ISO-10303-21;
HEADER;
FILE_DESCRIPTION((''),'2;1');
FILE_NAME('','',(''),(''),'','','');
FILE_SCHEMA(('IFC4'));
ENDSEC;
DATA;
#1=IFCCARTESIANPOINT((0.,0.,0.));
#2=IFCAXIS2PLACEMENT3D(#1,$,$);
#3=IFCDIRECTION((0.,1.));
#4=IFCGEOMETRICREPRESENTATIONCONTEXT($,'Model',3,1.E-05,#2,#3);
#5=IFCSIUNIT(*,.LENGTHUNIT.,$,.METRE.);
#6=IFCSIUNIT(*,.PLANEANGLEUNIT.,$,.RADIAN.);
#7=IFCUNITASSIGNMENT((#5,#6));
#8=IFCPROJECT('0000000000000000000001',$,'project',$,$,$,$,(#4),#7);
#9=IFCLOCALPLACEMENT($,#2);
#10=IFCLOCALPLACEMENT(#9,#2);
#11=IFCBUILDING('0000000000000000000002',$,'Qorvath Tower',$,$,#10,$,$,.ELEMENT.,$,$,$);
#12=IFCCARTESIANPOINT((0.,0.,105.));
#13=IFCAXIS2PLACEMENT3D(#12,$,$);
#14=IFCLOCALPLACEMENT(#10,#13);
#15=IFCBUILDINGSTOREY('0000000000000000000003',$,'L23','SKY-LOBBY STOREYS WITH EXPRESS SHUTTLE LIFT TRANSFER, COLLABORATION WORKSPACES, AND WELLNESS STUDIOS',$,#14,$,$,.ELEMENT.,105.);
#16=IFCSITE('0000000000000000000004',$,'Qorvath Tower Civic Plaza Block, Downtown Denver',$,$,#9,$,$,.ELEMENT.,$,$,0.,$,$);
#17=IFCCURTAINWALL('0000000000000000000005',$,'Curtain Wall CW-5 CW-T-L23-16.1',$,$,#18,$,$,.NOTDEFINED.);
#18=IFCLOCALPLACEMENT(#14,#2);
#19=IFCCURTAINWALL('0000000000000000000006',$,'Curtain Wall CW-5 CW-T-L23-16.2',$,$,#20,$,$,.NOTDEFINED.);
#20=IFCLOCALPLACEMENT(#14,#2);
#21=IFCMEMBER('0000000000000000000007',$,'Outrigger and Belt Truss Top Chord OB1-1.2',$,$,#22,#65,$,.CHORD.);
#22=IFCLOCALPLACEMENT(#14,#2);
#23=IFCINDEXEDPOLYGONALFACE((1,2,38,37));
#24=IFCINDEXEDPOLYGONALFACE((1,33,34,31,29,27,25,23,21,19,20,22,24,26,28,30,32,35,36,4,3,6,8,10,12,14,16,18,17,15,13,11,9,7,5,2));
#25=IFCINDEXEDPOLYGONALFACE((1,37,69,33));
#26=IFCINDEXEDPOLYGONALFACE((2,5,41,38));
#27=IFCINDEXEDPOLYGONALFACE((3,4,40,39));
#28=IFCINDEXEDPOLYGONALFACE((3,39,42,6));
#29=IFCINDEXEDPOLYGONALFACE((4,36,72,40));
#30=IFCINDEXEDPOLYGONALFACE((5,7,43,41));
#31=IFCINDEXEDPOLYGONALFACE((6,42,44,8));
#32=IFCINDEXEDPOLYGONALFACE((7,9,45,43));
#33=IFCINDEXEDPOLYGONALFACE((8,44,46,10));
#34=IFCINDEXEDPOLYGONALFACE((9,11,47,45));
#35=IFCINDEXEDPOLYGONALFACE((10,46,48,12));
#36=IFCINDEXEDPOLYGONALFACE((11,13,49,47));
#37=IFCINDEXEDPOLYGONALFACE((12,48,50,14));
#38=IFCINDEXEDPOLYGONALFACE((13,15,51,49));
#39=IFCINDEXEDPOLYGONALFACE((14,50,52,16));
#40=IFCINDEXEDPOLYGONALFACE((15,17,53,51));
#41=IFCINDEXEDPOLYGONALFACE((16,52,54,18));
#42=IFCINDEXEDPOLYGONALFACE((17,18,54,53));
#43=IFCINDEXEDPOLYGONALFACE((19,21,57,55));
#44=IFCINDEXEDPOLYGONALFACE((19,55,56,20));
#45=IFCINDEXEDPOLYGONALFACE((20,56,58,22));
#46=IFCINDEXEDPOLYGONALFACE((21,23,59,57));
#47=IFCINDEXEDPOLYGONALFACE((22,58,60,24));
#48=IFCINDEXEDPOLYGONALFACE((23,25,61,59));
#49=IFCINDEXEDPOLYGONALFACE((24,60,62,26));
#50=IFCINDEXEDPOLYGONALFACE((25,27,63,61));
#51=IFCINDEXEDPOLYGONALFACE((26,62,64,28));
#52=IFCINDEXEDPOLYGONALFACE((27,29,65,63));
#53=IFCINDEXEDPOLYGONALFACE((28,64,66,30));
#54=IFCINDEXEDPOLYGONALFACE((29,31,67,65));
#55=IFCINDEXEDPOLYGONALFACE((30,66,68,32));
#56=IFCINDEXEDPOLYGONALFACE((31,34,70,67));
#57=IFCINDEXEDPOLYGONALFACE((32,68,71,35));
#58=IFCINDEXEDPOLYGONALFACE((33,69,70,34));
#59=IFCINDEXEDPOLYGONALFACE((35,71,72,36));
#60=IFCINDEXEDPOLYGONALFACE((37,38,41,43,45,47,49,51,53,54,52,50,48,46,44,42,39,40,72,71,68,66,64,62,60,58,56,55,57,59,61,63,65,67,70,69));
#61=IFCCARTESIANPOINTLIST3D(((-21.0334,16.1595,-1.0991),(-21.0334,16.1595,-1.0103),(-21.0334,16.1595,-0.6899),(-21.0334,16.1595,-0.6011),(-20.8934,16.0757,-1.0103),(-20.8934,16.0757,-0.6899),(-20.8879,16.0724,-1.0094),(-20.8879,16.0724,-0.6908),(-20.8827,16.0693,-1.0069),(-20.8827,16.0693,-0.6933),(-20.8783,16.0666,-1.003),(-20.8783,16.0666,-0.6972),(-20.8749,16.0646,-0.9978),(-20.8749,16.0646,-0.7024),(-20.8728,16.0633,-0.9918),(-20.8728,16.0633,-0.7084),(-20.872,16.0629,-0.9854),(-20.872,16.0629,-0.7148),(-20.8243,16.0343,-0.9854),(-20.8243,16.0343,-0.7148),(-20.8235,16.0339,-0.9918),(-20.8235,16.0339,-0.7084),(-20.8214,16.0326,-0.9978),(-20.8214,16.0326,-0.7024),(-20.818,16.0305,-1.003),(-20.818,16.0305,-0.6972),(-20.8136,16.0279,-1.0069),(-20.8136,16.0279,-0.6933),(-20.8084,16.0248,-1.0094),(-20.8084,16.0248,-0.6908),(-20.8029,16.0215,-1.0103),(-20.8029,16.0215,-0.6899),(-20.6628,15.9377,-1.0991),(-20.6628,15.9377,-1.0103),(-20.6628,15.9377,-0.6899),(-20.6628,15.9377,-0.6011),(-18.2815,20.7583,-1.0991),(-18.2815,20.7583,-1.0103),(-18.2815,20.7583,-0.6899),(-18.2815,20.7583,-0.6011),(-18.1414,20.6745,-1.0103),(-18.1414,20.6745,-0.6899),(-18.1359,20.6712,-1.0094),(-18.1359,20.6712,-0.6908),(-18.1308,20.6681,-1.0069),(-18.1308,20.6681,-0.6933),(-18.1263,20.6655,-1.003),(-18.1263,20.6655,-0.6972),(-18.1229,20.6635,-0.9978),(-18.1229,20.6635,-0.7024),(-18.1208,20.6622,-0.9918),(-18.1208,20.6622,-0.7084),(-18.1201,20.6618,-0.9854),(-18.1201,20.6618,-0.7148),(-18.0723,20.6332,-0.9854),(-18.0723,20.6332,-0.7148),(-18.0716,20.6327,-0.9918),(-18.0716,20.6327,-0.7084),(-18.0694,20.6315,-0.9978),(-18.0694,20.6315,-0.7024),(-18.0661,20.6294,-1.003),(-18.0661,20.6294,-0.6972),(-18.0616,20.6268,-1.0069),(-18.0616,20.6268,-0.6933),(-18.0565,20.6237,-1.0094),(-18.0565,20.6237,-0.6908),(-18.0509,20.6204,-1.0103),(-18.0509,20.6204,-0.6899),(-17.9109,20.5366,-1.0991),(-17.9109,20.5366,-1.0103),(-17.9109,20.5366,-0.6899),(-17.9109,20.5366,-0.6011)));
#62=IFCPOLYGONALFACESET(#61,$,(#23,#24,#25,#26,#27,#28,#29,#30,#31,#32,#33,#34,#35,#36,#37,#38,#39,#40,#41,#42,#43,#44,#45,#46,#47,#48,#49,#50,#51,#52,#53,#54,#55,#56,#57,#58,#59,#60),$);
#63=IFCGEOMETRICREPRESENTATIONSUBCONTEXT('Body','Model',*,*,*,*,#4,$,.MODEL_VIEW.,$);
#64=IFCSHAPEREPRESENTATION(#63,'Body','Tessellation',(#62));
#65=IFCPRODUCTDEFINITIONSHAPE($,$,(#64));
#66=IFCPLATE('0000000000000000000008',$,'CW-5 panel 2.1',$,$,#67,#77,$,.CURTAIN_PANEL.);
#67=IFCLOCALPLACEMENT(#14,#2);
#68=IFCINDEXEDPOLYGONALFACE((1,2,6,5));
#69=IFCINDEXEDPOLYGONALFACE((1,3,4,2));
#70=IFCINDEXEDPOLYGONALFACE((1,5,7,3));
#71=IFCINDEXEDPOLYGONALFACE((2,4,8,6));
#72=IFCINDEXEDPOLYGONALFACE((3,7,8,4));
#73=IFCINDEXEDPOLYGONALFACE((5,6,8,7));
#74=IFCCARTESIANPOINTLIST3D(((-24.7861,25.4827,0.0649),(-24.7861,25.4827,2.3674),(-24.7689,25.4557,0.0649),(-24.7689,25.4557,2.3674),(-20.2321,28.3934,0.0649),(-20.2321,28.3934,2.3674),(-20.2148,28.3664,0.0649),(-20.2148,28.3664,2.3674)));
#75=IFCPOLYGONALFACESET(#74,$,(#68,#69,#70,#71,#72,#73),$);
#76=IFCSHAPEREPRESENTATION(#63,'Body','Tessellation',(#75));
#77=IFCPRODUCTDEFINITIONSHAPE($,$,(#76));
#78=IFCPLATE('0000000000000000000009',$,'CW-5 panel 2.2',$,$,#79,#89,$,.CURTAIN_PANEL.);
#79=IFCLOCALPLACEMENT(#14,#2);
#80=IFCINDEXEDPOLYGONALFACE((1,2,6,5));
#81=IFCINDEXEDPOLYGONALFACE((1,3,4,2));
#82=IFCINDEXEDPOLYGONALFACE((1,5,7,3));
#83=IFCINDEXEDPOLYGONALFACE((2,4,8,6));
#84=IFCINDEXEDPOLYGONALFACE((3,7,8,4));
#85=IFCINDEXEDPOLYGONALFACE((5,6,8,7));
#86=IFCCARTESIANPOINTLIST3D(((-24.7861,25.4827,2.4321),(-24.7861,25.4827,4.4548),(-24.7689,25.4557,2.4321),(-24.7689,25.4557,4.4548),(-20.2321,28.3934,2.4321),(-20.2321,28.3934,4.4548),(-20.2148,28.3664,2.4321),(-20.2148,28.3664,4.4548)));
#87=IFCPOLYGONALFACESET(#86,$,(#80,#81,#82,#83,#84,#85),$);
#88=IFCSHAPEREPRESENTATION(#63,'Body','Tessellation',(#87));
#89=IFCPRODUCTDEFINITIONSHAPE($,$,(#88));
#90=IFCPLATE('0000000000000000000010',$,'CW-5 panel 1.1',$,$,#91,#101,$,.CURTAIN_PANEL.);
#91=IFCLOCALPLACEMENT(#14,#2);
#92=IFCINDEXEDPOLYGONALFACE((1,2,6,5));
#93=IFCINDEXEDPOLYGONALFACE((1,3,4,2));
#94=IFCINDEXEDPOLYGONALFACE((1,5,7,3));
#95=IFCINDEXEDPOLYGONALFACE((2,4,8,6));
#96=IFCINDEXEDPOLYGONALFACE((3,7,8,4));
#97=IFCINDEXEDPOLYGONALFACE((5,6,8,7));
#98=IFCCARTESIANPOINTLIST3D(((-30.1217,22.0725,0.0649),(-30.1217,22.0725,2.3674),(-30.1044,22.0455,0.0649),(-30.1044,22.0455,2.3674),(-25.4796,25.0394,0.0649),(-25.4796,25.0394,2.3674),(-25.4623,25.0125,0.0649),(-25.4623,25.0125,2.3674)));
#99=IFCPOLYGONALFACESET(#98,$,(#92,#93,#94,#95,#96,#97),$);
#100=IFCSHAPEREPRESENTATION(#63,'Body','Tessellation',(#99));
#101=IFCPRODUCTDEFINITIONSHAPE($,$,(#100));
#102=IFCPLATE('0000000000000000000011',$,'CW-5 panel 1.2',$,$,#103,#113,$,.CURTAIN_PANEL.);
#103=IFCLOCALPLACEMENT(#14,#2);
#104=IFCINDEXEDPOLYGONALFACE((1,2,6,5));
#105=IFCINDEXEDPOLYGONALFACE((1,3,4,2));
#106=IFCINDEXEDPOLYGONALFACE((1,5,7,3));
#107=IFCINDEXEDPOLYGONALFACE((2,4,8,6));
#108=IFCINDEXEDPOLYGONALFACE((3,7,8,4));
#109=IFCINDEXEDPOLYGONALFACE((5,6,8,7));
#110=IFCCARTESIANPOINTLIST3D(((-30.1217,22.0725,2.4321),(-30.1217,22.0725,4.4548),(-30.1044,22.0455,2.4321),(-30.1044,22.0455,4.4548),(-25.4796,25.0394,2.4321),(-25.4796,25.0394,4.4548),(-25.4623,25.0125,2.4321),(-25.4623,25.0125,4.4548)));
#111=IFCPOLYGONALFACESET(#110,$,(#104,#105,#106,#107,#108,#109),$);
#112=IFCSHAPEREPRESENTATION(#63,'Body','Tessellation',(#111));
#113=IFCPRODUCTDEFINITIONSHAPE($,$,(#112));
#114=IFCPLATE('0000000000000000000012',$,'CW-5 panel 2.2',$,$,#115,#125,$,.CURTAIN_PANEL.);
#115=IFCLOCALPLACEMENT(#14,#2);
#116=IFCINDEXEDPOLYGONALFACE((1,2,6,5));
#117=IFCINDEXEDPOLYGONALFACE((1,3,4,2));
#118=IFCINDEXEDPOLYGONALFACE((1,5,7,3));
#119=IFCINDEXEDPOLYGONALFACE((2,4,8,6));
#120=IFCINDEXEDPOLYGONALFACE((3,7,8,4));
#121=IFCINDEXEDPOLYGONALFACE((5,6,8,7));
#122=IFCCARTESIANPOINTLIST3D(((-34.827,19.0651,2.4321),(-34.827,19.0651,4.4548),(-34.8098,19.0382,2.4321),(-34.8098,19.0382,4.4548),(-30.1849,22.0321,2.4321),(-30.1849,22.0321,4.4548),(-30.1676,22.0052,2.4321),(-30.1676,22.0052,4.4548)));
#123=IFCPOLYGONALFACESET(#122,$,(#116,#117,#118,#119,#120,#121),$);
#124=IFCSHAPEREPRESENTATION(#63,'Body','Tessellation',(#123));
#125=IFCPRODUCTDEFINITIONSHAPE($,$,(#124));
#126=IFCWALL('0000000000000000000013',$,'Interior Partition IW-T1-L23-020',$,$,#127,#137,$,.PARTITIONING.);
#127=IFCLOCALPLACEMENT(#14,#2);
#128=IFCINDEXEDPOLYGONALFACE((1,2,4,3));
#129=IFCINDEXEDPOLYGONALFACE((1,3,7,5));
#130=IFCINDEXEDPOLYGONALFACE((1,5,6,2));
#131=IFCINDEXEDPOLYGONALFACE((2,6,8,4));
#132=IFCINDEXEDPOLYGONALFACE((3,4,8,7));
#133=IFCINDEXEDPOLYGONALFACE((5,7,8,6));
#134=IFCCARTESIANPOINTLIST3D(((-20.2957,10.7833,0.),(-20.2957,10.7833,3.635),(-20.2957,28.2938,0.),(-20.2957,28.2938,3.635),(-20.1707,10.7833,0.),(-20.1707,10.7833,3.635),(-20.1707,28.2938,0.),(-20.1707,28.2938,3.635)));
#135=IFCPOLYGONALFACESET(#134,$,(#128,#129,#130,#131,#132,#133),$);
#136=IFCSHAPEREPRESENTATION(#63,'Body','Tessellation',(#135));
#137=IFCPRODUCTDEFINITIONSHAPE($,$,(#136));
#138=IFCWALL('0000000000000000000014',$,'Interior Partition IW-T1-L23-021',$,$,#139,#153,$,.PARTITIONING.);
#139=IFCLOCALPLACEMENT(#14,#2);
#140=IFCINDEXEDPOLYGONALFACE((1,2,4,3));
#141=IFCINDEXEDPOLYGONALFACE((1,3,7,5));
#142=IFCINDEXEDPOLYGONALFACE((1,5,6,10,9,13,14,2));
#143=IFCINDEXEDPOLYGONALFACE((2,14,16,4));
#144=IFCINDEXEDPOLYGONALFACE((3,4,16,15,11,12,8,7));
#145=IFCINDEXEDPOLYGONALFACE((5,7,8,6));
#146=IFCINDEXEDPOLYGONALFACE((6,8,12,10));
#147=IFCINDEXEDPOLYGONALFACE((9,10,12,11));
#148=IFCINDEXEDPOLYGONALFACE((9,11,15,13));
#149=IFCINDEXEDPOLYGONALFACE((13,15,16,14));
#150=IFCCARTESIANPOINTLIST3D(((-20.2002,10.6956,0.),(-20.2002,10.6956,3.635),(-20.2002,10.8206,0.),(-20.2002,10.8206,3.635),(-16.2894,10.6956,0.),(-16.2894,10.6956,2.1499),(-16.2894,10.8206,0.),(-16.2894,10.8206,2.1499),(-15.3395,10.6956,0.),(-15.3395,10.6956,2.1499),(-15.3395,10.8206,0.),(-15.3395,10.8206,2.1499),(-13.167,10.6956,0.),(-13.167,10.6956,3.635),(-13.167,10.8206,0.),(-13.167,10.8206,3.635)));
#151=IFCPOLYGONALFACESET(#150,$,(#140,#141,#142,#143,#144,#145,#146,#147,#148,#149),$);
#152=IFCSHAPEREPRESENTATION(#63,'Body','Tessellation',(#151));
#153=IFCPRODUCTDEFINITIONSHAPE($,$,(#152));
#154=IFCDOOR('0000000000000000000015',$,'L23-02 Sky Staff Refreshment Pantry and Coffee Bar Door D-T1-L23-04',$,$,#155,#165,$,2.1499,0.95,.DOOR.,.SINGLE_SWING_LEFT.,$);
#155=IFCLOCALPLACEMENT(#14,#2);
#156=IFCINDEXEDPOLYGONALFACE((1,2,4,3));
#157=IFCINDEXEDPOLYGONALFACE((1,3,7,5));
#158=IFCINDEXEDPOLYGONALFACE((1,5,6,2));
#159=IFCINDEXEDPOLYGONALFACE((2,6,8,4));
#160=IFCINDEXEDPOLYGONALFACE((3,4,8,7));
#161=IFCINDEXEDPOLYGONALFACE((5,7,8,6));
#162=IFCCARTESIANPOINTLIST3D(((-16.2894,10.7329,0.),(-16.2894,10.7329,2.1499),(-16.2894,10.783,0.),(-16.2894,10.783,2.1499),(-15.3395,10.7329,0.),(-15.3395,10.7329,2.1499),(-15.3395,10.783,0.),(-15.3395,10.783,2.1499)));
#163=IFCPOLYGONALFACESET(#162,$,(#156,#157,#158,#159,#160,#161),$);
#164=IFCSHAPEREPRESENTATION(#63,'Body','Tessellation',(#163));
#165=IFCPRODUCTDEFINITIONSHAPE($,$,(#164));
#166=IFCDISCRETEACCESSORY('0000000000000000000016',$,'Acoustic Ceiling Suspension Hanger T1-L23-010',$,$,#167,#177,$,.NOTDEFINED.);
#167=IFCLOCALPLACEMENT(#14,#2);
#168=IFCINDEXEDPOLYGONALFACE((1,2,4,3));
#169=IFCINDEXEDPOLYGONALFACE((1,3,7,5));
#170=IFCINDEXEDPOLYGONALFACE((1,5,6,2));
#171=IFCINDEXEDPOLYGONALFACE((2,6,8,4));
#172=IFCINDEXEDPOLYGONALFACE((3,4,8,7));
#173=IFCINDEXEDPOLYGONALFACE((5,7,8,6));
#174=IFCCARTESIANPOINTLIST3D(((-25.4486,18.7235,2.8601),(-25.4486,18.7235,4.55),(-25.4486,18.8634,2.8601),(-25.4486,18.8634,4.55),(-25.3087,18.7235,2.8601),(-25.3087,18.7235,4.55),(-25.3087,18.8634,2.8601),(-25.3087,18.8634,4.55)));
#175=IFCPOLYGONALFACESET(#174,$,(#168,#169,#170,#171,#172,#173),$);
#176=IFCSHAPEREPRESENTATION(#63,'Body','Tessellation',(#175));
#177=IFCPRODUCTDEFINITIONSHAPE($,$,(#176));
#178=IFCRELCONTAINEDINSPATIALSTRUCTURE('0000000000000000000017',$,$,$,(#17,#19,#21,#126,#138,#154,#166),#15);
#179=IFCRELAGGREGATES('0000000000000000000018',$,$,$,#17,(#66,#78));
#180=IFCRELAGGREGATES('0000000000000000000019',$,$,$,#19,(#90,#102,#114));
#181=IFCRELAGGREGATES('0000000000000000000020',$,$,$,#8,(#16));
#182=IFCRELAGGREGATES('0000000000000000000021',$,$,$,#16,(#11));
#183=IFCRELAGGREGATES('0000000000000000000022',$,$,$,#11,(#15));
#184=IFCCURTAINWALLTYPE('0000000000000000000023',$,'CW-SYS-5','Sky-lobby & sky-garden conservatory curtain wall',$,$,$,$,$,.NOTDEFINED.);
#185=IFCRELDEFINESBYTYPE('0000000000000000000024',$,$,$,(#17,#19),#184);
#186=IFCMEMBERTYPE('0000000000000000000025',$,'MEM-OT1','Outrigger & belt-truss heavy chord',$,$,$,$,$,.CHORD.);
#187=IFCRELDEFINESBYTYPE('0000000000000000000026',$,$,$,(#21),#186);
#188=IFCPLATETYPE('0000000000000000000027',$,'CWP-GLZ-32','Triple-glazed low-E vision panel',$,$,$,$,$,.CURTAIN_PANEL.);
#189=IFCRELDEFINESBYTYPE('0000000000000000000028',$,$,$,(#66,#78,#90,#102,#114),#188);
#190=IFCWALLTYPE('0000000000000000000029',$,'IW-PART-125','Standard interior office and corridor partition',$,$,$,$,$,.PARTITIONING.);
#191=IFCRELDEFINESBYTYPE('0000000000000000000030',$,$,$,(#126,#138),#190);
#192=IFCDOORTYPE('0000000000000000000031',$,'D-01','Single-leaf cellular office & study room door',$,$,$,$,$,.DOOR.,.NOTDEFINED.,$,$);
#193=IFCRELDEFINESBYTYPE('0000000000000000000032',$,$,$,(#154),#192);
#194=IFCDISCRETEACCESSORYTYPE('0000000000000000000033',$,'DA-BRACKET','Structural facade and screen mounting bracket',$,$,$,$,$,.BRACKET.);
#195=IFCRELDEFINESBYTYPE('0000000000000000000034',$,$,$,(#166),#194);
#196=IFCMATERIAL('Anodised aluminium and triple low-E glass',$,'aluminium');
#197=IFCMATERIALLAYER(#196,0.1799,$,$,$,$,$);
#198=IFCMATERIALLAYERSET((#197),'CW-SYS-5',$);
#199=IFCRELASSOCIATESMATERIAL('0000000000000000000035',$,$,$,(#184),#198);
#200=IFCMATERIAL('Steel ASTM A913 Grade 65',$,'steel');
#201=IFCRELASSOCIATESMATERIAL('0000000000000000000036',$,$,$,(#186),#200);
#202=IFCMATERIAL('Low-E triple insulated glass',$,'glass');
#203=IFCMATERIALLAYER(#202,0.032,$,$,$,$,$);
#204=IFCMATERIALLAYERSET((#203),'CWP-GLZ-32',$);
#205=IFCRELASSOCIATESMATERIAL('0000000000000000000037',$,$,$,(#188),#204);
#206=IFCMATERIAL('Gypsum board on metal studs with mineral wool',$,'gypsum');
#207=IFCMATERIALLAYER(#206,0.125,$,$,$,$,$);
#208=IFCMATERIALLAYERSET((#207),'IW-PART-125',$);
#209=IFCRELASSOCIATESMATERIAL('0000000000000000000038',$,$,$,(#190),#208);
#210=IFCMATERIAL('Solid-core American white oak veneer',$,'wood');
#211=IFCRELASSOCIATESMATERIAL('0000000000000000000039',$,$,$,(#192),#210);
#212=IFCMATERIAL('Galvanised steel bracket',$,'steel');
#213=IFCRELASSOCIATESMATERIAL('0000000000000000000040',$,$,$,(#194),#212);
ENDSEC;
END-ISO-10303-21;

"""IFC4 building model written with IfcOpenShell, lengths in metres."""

from ifc_helpers import new_model, si_unit, direction, frame, frame_2d, origin, origin_2d, place, context, subcontext, project, spatial, rectangle, i_section, extrude, material, layer, layer_set, material_profile, profile_set, type_object, element, fill, aggregate, save


model = new_model("IFC4")

# Units and contexts
model_context = context("Model", 3, precision=1e-05, world=origin(), true_north=direction((0.0, 1.0)))
body_context = subcontext(model_context, "Body", "Model", "MODEL_VIEW")
ifc_project = project(units=[si_unit("LENGTHUNIT", "METRE"), si_unit("PLANEANGLEUNIT", "RADIAN")], contexts=[model_context])

# Site, building, storey
site_placement = place(None, origin())
site = spatial("IfcSite", under=ifc_project, at=site_placement, Name="Qorvath Tower Civic Plaza Block, Downtown Denver", CompositionType="ELEMENT", RefElevation=0.0)
building_placement = place(site_placement, origin())
building = spatial("IfcBuilding", under=site, at=building_placement, Name="Qorvath Tower", CompositionType="ELEMENT")
storey_placement = place(building_placement, frame((0.0, 0.0, 105.0)))
storey = spatial("IfcBuildingStorey", under=building, at=storey_placement, Name="L23", Description="SKY-LOBBY STOREYS WITH EXPRESS SHUTTLE LIFT TRANSFER, COLLABORATION WORKSPACES, AND WELLNESS STUDIOS", CompositionType="ELEMENT", Elevation=105.0)

# Curtain wall
ifc_material_1 = material(Name="Anodised aluminium and triple low-E glass", Category="aluminium")
ifc_layer_1 = layer(ifc_material_1, 0.1799)
ifc_layer_set_1 = layer_set([ifc_layer_1], Name="CW-SYS-5")
curtain_wall_type = type_object("IfcCurtainWallType", Name="CW-SYS-5", Description="Sky-lobby & sky-garden conservatory curtain wall", PredefinedType="NOTDEFINED", material=ifc_layer_set_1)
curtain_wall_1_placement = place(storey_placement, origin())
curtain_wall_1 = element("IfcCurtainWall", 1, at=curtain_wall_1_placement, inside=storey, type_object=curtain_wall_type, Name="Curtain Wall CW-5 CW-T-L23-16.1", PredefinedType="NOTDEFINED")

# Curtain wall
curtain_wall_2_placement = place(storey_placement, origin())
curtain_wall_2 = element("IfcCurtainWall", 2, at=curtain_wall_2_placement, inside=storey, type_object=curtain_wall_type, Name="Curtain Wall CW-5 CW-T-L23-16.2", PredefinedType="NOTDEFINED")

# Member
ifc_material_2 = material(Name="Steel ASTM A913 Grade 65", Category="steel")
ifc_material_profile_1 = material_profile(ifc_material_2, i_section(OverallWidth=0.4319, OverallDepth=0.498, WebThickness=0.0557, FlangeThickness=0.0889, FilletRadius=0.0249, at=origin_2d()), Name="W14x500")
ifc_profile_set_1 = profile_set([ifc_material_profile_1], Name="Steel ASTM A913 Grade 65")
member_type_1 = type_object("IfcMemberType", Name="MEM-OT1", Description="Outrigger & belt-truss heavy chord", PredefinedType="CHORD", material=ifc_profile_set_1)
member_1_placement = place(storey_placement, frame((-20.8481, 16.0486, -0.8501), z_axis=(0.513484, 0.858099, 0.0), x_axis=(-0.858099, 0.513484, 0.0)))
element("IfcMember", 3, at=member_1_placement, inside=storey, type_object=member_type_1, Name="Outrigger and Belt Truss Top Chord OB1-1.2", PredefinedType="CHORD", context=body_context, shape_type="SweptSolid", body=[
    extrude(i_section(OverallWidth=0.4319, OverallDepth=0.498, WebThickness=0.0557, FlangeThickness=0.0889, FilletRadius=0.0249, at=origin_2d()), origin(), (0.0, 0.0, 1.0), 5.3594),
])

# Plates
ifc_material_3 = material(Name="Low-E triple insulated glass", Category="glass")
ifc_layer_2 = layer(ifc_material_3, 0.032)
ifc_layer_set_2 = layer_set([ifc_layer_2], Name="CWP-GLZ-32")
plate_type = type_object("IfcPlateType", Name="CWP-GLZ-32", Description="Triple-glazed low-E vision panel", PredefinedType="CURTAIN_PANEL", material=ifc_layer_set_2)
plate_1_placement = place(storey_placement, frame((-22.5005, 26.9246, 0.0649), z_axis=(0.0, 0.0, 1.0), x_axis=(-0.8426, -0.53854, 0.0)))
plate_1 = element("IfcPlate", 4, at=plate_1_placement, type_object=plate_type, Name="CW-5 panel 2.1", PredefinedType="CURTAIN_PANEL", context=body_context, shape_type="SweptSolid", body=[
    extrude(rectangle(XDim=5.4048, YDim=0.032, at=origin_2d()), origin(), (0.0, 0.0, 1.0), 2.3025),
])
plate_2_placement = place(storey_placement, frame((-22.5005, 26.9246, 2.4321), z_axis=(0.0, 0.0, 1.0), x_axis=(-0.8426, -0.53854, 0.0)))
plate_2 = element("IfcPlate", 5, at=plate_2_placement, type_object=plate_type, Name="CW-5 panel 2.2", PredefinedType="CURTAIN_PANEL", context=body_context, shape_type="SweptSolid", body=[
    extrude(rectangle(XDim=5.4048, YDim=0.032, at=origin_2d()), origin(), (0.0, 0.0, 1.0), 2.0227),
])
aggregate(curtain_wall_1, [plate_1, plate_2])
plate_3_placement = place(storey_placement, frame((-27.792, 23.5425, 0.0649), z_axis=(0.0, 0.0, 1.0), x_axis=(-0.842598, -0.538543, 0.0)))
plate_3 = element("IfcPlate", 6, at=plate_3_placement, type_object=plate_type, Name="CW-5 panel 1.1", PredefinedType="CURTAIN_PANEL", context=body_context, shape_type="SweptSolid", body=[
    extrude(rectangle(XDim=5.5093, YDim=0.032, at=origin_2d()), origin(), (0.0, 0.0, 1.0), 2.3025),
])
plate_4_placement = place(storey_placement, frame((-27.792, 23.5425, 2.4321), z_axis=(0.0, 0.0, 1.0), x_axis=(-0.842598, -0.538543, 0.0)))
plate_4 = element("IfcPlate", 7, at=plate_4_placement, type_object=plate_type, Name="CW-5 panel 1.2", PredefinedType="CURTAIN_PANEL", context=body_context, shape_type="SweptSolid", body=[
    extrude(rectangle(XDim=5.5093, YDim=0.032, at=origin_2d()), origin(), (0.0, 0.0, 1.0), 2.0227),
])
plate_5_placement = place(storey_placement, frame((-32.4973, 20.5352, 2.4321), z_axis=(0.0, 0.0, 1.0), x_axis=(-0.842598, -0.538543, 0.0)))
plate_5 = element("IfcPlate", 8, at=plate_5_placement, type_object=plate_type, Name="CW-5 panel 2.2", PredefinedType="CURTAIN_PANEL", context=body_context, shape_type="SweptSolid", body=[
    extrude(rectangle(XDim=5.5093, YDim=0.032, at=origin_2d()), origin(), (0.0, 0.0, 1.0), 2.0227),
])
aggregate(curtain_wall_2, [plate_3, plate_4, plate_5])

# Wall
ifc_material_4 = material(Name="Gypsum board on metal studs with mineral wool", Category="gypsum")
ifc_layer_3 = layer(ifc_material_4, 0.125)
ifc_layer_set_3 = layer_set([ifc_layer_3], Name="IW-PART-125")
wall_type = type_object("IfcWallType", Name="IW-PART-125", Description="Standard interior office and corridor partition", PredefinedType="PARTITIONING", material=ifc_layer_set_3)
wall_1_placement = place(storey_placement, frame((-20.2332, 10.7832, 0.0), z_axis=(0.0, 0.0, 1.0), x_axis=(0.0, 1.0, 0.0)))
element("IfcWall", 9, at=wall_1_placement, inside=storey, type_object=wall_type, Name="Interior Partition IW-T1-L23-020", PredefinedType="PARTITIONING", context=body_context, shape_type="SweptSolid", body=[
    extrude(rectangle(XDim=17.5105, YDim=0.125, at=frame_2d((8.7554, 0.0))), origin(), (0.0, 0.0, 1.0), 3.635),
])

# Wall, opening, door
wall_2_placement = place(storey_placement, frame((-20.2002, 10.7581, 0.0), z_axis=(0.0, 0.0, 1.0), x_axis=(1.0, 0.0, 0.0)))
wall_2 = element("IfcWall", 10, at=wall_2_placement, inside=storey, type_object=wall_type, Name="Interior Partition IW-T1-L23-021", PredefinedType="PARTITIONING", context=body_context, shape_type="SweptSolid", body=[
    extrude(rectangle(XDim=7.0332, YDim=0.125, at=frame_2d((3.5166, 0.0))), origin(), (0.0, 0.0, 1.0), 3.635),
])
opening_placement = place(wall_2_placement, frame((3.9106, 0.0, 0.0)))
opening = element("IfcOpeningElement", 11, at=opening_placement, cuts=wall_2, PredefinedType="OPENING", context=body_context, shape_type="SweptSolid", body=[
    extrude(rectangle(XDim=0.95, YDim=2.1499, at=frame_2d((0.4751, 1.075))), frame((0.0, 0.0725, 0.0), z_axis=(0.0, -1.0, 0.0), x_axis=(1.0, 0.0, 0.0)), (0.0, 0.0, 1.0), 0.145),
])
ifc_material_5 = material(Name="Solid-core American white oak veneer", Category="wood")
door_type = type_object("IfcDoorType", Name="D-01", Description="Single-leaf cellular office & study room door", OperationType="NOTDEFINED", PredefinedType="DOOR", material=ifc_material_5)
door_placement = place(opening_placement, origin())
door = element("IfcDoor", 12, at=door_placement, inside=storey, type_object=door_type, Name="L23-02 Sky Staff Refreshment Pantry and Coffee Bar Door D-T1-L23-04", OperationType="SINGLE_SWING_LEFT", OverallHeight=2.1499, OverallWidth=0.95, PredefinedType="DOOR", context=body_context, shape_type="SweptSolid", body=[
    extrude(rectangle(XDim=0.95, YDim=2.1499, at=frame_2d((0.4751, 1.075))), frame((0.0, 0.0249, 0.0), z_axis=(0.0, -1.0, 0.0), x_axis=(1.0, 0.0, 0.0)), (0.0, 0.0, 1.0), 0.05),
])
fill(opening, door)

# Discrete accessory
ifc_material_6 = material(Name="Galvanised steel bracket", Category="steel")
discrete_accessory_type = type_object("IfcDiscreteAccessoryType", Name="DA-BRACKET", Description="Structural facade and screen mounting bracket", PredefinedType="BRACKET", material=ifc_material_6)
discrete_accessory_placement = place(storey_placement, frame((-25.3787, 18.7935, 2.8601), z_axis=(0.0, 0.0, 1.0), x_axis=(1.0, 0.0, 0.0)))
element("IfcDiscreteAccessory", 13, at=discrete_accessory_placement, inside=storey, type_object=discrete_accessory_type, Name="Acoustic Ceiling Suspension Hanger T1-L23-010", PredefinedType="NOTDEFINED", context=body_context, shape_type="SweptSolid", body=[
    extrude(rectangle(XDim=0.1399, YDim=0.1399, at=origin_2d()), origin(), (0.0, 0.0, 1.0), 1.6899),
])

save(model, "model.ifc")
